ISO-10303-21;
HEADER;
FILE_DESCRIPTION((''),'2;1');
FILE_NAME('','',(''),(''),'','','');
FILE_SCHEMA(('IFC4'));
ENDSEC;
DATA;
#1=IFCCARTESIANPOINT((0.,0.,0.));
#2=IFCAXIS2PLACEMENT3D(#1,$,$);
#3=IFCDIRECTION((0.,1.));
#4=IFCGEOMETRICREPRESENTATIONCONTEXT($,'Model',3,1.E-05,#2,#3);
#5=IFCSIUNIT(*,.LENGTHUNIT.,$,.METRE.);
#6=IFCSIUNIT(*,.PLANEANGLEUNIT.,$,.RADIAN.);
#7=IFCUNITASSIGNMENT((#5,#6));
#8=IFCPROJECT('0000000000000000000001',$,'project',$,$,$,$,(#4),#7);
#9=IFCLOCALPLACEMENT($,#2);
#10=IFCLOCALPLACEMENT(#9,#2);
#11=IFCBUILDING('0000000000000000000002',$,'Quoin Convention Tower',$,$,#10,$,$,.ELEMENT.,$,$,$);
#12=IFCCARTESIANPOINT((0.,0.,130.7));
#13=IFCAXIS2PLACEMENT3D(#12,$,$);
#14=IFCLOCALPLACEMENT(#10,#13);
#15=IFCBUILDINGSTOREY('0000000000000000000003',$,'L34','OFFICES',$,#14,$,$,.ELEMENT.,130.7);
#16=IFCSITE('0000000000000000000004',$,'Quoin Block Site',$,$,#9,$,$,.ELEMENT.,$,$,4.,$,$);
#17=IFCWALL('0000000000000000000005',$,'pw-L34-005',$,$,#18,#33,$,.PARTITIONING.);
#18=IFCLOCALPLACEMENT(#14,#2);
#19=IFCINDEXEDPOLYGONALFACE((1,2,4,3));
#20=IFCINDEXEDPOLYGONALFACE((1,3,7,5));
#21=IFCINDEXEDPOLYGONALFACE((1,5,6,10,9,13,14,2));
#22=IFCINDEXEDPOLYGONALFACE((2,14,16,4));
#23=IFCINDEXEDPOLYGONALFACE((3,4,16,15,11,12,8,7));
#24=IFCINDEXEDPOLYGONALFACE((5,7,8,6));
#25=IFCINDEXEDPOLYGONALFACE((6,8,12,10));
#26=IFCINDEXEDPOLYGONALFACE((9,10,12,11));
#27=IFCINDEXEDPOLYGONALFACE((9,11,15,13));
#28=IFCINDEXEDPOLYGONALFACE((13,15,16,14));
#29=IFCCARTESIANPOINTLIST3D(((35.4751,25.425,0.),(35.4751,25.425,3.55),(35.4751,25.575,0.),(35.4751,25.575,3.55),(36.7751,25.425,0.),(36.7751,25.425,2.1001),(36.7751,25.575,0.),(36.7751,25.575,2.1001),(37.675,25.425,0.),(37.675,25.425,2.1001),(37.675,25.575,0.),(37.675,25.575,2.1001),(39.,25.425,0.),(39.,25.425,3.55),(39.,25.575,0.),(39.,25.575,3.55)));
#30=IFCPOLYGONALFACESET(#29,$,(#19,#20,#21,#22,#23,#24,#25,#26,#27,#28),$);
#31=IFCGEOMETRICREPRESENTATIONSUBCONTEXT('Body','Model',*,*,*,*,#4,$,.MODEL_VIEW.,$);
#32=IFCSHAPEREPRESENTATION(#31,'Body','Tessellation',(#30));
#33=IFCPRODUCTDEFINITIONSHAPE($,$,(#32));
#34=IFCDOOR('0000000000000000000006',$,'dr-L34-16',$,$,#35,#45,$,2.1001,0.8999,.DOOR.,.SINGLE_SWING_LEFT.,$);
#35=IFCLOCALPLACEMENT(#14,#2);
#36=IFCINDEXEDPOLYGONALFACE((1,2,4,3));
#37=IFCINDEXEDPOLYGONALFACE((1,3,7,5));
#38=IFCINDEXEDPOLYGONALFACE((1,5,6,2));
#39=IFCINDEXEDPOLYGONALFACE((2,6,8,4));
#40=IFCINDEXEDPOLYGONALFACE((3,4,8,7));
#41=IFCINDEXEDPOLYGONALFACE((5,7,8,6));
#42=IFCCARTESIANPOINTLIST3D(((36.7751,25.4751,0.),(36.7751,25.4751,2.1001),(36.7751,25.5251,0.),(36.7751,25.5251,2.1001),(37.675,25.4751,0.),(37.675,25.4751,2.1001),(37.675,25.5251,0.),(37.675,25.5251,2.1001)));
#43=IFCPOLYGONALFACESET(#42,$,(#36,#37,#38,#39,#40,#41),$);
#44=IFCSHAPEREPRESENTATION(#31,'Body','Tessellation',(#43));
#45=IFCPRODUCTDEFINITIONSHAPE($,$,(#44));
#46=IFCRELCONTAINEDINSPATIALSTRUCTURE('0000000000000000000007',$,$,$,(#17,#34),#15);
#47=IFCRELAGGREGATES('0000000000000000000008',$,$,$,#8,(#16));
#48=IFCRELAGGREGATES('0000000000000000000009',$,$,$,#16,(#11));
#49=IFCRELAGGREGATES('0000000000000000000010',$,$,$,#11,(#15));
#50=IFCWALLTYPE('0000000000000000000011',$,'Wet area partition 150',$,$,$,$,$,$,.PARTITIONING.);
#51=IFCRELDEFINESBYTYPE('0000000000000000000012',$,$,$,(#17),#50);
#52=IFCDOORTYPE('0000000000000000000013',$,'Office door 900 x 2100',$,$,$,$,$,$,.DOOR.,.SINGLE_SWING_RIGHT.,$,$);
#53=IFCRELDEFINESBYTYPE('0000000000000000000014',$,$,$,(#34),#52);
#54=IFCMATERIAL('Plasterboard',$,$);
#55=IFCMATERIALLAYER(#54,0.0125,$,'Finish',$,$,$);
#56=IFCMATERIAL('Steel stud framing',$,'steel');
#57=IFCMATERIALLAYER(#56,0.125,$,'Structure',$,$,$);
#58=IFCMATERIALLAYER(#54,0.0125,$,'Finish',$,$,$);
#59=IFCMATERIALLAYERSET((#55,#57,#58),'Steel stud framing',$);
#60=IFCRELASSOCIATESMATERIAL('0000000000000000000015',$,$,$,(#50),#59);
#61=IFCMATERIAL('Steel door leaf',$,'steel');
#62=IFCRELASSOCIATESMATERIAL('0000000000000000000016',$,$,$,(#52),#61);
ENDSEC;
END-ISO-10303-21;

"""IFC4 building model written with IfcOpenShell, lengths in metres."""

from ifc_helpers import new_model, si_unit, direction, frame, frame_2d, origin, place, context, subcontext, project, spatial, rectangle, extrude, material, layer, layer_set, type_object, element, fill, save


model = new_model("IFC4")

# Units and contexts
model_context = context("Model", 3, precision=1e-05, world=origin(), true_north=direction((0.0, 1.0)))
body_context = subcontext(model_context, "Body", "Model", "MODEL_VIEW")
ifc_project = project(units=[si_unit("LENGTHUNIT", "METRE"), si_unit("PLANEANGLEUNIT", "RADIAN")], contexts=[model_context])

# Site, building, storey
site_placement = place(None, origin())
site = spatial("IfcSite", under=ifc_project, at=site_placement, Name="Quoin Block Site", CompositionType="ELEMENT", RefElevation=4.0)
building_placement = place(site_placement, origin())
building = spatial("IfcBuilding", under=site, at=building_placement, Name="Quoin Convention Tower", CompositionType="ELEMENT")
storey_placement = place(building_placement, frame((0.0, 0.0, 130.7)))
storey = spatial("IfcBuildingStorey", under=building, at=storey_placement, Name="L34", Description="OFFICES", CompositionType="ELEMENT", Elevation=130.7)

# Shared definitions
ifc_material_1 = material(Name="Plasterboard")
ifc_material_2 = material(Name="Steel stud framing", Category="steel")

# Wall, opening, door
ifc_layer_1 = layer(ifc_material_1, 0.0125, Name="Finish")
ifc_layer_2 = layer(ifc_material_2, 0.125, Name="Structure")
ifc_layer_3 = layer(ifc_material_1, 0.0125, Name="Finish")
ifc_layer_set_1 = layer_set([ifc_layer_1, ifc_layer_2, ifc_layer_3], Name="Steel stud framing")
wall_type_1 = type_object("IfcWallType", Name="Wet area partition 150", PredefinedType="PARTITIONING", material=ifc_layer_set_1)
wall_1_placement = place(storey_placement, frame((35.4751, 25.5, 0.0), z_axis=(0.0, 0.0, 1.0), x_axis=(1.0, 0.0, 0.0)))
wall_1 = element("IfcWall", 1, at=wall_1_placement, inside=storey, type_object=wall_type_1, Name="pw-L34-005", PredefinedType="PARTITIONING", context=body_context, shape_type="SweptSolid", body=[
    extrude(rectangle(XDim=3.5249, YDim=0.1499, at=frame_2d((1.7625, 0.0))), origin(), (0.0, 0.0, 1.0), 3.55),
])
opening_1_placement = place(wall_1_placement, frame((1.3, 0.0, 0.0)))
opening_1 = element("IfcOpeningElement", 2, at=opening_1_placement, cuts=wall_1, PredefinedType="OPENING", context=body_context, shape_type="SweptSolid", body=[
    extrude(rectangle(XDim=0.8999, YDim=2.1001, at=frame_2d((0.45, 1.05))), frame((0.0, 0.085, 0.0), z_axis=(0.0, -1.0, 0.0), x_axis=(1.0, 0.0, 0.0)), (0.0, 0.0, 1.0), 0.1699),
])
ifc_material_3 = material(Name="Steel door leaf", Category="steel")
door_type = type_object("IfcDoorType", Name="Office door 900 x 2100", OperationType="SINGLE_SWING_RIGHT", PredefinedType="DOOR", material=ifc_material_3)
door_placement = place(opening_1_placement, frame((0.8999, 0.0, 0.0), z_axis=(0.0, 0.0, 1.0), x_axis=(-1.0, 0.0, 0.0)))
door = element("IfcDoor", 3, at=door_placement, inside=storey, type_object=door_type, Name="dr-L34-16", OperationType="SINGLE_SWING_LEFT", OverallHeight=2.1001, OverallWidth=0.8999, PredefinedType="DOOR", context=body_context, shape_type="SweptSolid", body=[
    extrude(rectangle(XDim=0.8999, YDim=2.1001, at=frame_2d((0.45, 1.05))), frame((0.0, 0.0249, 0.0), z_axis=(0.0, -1.0, 0.0), x_axis=(1.0, 0.0, 0.0)), (0.0, 0.0, 1.0), 0.05),
])
fill(opening_1, door)

save(model, "model.ifc")
